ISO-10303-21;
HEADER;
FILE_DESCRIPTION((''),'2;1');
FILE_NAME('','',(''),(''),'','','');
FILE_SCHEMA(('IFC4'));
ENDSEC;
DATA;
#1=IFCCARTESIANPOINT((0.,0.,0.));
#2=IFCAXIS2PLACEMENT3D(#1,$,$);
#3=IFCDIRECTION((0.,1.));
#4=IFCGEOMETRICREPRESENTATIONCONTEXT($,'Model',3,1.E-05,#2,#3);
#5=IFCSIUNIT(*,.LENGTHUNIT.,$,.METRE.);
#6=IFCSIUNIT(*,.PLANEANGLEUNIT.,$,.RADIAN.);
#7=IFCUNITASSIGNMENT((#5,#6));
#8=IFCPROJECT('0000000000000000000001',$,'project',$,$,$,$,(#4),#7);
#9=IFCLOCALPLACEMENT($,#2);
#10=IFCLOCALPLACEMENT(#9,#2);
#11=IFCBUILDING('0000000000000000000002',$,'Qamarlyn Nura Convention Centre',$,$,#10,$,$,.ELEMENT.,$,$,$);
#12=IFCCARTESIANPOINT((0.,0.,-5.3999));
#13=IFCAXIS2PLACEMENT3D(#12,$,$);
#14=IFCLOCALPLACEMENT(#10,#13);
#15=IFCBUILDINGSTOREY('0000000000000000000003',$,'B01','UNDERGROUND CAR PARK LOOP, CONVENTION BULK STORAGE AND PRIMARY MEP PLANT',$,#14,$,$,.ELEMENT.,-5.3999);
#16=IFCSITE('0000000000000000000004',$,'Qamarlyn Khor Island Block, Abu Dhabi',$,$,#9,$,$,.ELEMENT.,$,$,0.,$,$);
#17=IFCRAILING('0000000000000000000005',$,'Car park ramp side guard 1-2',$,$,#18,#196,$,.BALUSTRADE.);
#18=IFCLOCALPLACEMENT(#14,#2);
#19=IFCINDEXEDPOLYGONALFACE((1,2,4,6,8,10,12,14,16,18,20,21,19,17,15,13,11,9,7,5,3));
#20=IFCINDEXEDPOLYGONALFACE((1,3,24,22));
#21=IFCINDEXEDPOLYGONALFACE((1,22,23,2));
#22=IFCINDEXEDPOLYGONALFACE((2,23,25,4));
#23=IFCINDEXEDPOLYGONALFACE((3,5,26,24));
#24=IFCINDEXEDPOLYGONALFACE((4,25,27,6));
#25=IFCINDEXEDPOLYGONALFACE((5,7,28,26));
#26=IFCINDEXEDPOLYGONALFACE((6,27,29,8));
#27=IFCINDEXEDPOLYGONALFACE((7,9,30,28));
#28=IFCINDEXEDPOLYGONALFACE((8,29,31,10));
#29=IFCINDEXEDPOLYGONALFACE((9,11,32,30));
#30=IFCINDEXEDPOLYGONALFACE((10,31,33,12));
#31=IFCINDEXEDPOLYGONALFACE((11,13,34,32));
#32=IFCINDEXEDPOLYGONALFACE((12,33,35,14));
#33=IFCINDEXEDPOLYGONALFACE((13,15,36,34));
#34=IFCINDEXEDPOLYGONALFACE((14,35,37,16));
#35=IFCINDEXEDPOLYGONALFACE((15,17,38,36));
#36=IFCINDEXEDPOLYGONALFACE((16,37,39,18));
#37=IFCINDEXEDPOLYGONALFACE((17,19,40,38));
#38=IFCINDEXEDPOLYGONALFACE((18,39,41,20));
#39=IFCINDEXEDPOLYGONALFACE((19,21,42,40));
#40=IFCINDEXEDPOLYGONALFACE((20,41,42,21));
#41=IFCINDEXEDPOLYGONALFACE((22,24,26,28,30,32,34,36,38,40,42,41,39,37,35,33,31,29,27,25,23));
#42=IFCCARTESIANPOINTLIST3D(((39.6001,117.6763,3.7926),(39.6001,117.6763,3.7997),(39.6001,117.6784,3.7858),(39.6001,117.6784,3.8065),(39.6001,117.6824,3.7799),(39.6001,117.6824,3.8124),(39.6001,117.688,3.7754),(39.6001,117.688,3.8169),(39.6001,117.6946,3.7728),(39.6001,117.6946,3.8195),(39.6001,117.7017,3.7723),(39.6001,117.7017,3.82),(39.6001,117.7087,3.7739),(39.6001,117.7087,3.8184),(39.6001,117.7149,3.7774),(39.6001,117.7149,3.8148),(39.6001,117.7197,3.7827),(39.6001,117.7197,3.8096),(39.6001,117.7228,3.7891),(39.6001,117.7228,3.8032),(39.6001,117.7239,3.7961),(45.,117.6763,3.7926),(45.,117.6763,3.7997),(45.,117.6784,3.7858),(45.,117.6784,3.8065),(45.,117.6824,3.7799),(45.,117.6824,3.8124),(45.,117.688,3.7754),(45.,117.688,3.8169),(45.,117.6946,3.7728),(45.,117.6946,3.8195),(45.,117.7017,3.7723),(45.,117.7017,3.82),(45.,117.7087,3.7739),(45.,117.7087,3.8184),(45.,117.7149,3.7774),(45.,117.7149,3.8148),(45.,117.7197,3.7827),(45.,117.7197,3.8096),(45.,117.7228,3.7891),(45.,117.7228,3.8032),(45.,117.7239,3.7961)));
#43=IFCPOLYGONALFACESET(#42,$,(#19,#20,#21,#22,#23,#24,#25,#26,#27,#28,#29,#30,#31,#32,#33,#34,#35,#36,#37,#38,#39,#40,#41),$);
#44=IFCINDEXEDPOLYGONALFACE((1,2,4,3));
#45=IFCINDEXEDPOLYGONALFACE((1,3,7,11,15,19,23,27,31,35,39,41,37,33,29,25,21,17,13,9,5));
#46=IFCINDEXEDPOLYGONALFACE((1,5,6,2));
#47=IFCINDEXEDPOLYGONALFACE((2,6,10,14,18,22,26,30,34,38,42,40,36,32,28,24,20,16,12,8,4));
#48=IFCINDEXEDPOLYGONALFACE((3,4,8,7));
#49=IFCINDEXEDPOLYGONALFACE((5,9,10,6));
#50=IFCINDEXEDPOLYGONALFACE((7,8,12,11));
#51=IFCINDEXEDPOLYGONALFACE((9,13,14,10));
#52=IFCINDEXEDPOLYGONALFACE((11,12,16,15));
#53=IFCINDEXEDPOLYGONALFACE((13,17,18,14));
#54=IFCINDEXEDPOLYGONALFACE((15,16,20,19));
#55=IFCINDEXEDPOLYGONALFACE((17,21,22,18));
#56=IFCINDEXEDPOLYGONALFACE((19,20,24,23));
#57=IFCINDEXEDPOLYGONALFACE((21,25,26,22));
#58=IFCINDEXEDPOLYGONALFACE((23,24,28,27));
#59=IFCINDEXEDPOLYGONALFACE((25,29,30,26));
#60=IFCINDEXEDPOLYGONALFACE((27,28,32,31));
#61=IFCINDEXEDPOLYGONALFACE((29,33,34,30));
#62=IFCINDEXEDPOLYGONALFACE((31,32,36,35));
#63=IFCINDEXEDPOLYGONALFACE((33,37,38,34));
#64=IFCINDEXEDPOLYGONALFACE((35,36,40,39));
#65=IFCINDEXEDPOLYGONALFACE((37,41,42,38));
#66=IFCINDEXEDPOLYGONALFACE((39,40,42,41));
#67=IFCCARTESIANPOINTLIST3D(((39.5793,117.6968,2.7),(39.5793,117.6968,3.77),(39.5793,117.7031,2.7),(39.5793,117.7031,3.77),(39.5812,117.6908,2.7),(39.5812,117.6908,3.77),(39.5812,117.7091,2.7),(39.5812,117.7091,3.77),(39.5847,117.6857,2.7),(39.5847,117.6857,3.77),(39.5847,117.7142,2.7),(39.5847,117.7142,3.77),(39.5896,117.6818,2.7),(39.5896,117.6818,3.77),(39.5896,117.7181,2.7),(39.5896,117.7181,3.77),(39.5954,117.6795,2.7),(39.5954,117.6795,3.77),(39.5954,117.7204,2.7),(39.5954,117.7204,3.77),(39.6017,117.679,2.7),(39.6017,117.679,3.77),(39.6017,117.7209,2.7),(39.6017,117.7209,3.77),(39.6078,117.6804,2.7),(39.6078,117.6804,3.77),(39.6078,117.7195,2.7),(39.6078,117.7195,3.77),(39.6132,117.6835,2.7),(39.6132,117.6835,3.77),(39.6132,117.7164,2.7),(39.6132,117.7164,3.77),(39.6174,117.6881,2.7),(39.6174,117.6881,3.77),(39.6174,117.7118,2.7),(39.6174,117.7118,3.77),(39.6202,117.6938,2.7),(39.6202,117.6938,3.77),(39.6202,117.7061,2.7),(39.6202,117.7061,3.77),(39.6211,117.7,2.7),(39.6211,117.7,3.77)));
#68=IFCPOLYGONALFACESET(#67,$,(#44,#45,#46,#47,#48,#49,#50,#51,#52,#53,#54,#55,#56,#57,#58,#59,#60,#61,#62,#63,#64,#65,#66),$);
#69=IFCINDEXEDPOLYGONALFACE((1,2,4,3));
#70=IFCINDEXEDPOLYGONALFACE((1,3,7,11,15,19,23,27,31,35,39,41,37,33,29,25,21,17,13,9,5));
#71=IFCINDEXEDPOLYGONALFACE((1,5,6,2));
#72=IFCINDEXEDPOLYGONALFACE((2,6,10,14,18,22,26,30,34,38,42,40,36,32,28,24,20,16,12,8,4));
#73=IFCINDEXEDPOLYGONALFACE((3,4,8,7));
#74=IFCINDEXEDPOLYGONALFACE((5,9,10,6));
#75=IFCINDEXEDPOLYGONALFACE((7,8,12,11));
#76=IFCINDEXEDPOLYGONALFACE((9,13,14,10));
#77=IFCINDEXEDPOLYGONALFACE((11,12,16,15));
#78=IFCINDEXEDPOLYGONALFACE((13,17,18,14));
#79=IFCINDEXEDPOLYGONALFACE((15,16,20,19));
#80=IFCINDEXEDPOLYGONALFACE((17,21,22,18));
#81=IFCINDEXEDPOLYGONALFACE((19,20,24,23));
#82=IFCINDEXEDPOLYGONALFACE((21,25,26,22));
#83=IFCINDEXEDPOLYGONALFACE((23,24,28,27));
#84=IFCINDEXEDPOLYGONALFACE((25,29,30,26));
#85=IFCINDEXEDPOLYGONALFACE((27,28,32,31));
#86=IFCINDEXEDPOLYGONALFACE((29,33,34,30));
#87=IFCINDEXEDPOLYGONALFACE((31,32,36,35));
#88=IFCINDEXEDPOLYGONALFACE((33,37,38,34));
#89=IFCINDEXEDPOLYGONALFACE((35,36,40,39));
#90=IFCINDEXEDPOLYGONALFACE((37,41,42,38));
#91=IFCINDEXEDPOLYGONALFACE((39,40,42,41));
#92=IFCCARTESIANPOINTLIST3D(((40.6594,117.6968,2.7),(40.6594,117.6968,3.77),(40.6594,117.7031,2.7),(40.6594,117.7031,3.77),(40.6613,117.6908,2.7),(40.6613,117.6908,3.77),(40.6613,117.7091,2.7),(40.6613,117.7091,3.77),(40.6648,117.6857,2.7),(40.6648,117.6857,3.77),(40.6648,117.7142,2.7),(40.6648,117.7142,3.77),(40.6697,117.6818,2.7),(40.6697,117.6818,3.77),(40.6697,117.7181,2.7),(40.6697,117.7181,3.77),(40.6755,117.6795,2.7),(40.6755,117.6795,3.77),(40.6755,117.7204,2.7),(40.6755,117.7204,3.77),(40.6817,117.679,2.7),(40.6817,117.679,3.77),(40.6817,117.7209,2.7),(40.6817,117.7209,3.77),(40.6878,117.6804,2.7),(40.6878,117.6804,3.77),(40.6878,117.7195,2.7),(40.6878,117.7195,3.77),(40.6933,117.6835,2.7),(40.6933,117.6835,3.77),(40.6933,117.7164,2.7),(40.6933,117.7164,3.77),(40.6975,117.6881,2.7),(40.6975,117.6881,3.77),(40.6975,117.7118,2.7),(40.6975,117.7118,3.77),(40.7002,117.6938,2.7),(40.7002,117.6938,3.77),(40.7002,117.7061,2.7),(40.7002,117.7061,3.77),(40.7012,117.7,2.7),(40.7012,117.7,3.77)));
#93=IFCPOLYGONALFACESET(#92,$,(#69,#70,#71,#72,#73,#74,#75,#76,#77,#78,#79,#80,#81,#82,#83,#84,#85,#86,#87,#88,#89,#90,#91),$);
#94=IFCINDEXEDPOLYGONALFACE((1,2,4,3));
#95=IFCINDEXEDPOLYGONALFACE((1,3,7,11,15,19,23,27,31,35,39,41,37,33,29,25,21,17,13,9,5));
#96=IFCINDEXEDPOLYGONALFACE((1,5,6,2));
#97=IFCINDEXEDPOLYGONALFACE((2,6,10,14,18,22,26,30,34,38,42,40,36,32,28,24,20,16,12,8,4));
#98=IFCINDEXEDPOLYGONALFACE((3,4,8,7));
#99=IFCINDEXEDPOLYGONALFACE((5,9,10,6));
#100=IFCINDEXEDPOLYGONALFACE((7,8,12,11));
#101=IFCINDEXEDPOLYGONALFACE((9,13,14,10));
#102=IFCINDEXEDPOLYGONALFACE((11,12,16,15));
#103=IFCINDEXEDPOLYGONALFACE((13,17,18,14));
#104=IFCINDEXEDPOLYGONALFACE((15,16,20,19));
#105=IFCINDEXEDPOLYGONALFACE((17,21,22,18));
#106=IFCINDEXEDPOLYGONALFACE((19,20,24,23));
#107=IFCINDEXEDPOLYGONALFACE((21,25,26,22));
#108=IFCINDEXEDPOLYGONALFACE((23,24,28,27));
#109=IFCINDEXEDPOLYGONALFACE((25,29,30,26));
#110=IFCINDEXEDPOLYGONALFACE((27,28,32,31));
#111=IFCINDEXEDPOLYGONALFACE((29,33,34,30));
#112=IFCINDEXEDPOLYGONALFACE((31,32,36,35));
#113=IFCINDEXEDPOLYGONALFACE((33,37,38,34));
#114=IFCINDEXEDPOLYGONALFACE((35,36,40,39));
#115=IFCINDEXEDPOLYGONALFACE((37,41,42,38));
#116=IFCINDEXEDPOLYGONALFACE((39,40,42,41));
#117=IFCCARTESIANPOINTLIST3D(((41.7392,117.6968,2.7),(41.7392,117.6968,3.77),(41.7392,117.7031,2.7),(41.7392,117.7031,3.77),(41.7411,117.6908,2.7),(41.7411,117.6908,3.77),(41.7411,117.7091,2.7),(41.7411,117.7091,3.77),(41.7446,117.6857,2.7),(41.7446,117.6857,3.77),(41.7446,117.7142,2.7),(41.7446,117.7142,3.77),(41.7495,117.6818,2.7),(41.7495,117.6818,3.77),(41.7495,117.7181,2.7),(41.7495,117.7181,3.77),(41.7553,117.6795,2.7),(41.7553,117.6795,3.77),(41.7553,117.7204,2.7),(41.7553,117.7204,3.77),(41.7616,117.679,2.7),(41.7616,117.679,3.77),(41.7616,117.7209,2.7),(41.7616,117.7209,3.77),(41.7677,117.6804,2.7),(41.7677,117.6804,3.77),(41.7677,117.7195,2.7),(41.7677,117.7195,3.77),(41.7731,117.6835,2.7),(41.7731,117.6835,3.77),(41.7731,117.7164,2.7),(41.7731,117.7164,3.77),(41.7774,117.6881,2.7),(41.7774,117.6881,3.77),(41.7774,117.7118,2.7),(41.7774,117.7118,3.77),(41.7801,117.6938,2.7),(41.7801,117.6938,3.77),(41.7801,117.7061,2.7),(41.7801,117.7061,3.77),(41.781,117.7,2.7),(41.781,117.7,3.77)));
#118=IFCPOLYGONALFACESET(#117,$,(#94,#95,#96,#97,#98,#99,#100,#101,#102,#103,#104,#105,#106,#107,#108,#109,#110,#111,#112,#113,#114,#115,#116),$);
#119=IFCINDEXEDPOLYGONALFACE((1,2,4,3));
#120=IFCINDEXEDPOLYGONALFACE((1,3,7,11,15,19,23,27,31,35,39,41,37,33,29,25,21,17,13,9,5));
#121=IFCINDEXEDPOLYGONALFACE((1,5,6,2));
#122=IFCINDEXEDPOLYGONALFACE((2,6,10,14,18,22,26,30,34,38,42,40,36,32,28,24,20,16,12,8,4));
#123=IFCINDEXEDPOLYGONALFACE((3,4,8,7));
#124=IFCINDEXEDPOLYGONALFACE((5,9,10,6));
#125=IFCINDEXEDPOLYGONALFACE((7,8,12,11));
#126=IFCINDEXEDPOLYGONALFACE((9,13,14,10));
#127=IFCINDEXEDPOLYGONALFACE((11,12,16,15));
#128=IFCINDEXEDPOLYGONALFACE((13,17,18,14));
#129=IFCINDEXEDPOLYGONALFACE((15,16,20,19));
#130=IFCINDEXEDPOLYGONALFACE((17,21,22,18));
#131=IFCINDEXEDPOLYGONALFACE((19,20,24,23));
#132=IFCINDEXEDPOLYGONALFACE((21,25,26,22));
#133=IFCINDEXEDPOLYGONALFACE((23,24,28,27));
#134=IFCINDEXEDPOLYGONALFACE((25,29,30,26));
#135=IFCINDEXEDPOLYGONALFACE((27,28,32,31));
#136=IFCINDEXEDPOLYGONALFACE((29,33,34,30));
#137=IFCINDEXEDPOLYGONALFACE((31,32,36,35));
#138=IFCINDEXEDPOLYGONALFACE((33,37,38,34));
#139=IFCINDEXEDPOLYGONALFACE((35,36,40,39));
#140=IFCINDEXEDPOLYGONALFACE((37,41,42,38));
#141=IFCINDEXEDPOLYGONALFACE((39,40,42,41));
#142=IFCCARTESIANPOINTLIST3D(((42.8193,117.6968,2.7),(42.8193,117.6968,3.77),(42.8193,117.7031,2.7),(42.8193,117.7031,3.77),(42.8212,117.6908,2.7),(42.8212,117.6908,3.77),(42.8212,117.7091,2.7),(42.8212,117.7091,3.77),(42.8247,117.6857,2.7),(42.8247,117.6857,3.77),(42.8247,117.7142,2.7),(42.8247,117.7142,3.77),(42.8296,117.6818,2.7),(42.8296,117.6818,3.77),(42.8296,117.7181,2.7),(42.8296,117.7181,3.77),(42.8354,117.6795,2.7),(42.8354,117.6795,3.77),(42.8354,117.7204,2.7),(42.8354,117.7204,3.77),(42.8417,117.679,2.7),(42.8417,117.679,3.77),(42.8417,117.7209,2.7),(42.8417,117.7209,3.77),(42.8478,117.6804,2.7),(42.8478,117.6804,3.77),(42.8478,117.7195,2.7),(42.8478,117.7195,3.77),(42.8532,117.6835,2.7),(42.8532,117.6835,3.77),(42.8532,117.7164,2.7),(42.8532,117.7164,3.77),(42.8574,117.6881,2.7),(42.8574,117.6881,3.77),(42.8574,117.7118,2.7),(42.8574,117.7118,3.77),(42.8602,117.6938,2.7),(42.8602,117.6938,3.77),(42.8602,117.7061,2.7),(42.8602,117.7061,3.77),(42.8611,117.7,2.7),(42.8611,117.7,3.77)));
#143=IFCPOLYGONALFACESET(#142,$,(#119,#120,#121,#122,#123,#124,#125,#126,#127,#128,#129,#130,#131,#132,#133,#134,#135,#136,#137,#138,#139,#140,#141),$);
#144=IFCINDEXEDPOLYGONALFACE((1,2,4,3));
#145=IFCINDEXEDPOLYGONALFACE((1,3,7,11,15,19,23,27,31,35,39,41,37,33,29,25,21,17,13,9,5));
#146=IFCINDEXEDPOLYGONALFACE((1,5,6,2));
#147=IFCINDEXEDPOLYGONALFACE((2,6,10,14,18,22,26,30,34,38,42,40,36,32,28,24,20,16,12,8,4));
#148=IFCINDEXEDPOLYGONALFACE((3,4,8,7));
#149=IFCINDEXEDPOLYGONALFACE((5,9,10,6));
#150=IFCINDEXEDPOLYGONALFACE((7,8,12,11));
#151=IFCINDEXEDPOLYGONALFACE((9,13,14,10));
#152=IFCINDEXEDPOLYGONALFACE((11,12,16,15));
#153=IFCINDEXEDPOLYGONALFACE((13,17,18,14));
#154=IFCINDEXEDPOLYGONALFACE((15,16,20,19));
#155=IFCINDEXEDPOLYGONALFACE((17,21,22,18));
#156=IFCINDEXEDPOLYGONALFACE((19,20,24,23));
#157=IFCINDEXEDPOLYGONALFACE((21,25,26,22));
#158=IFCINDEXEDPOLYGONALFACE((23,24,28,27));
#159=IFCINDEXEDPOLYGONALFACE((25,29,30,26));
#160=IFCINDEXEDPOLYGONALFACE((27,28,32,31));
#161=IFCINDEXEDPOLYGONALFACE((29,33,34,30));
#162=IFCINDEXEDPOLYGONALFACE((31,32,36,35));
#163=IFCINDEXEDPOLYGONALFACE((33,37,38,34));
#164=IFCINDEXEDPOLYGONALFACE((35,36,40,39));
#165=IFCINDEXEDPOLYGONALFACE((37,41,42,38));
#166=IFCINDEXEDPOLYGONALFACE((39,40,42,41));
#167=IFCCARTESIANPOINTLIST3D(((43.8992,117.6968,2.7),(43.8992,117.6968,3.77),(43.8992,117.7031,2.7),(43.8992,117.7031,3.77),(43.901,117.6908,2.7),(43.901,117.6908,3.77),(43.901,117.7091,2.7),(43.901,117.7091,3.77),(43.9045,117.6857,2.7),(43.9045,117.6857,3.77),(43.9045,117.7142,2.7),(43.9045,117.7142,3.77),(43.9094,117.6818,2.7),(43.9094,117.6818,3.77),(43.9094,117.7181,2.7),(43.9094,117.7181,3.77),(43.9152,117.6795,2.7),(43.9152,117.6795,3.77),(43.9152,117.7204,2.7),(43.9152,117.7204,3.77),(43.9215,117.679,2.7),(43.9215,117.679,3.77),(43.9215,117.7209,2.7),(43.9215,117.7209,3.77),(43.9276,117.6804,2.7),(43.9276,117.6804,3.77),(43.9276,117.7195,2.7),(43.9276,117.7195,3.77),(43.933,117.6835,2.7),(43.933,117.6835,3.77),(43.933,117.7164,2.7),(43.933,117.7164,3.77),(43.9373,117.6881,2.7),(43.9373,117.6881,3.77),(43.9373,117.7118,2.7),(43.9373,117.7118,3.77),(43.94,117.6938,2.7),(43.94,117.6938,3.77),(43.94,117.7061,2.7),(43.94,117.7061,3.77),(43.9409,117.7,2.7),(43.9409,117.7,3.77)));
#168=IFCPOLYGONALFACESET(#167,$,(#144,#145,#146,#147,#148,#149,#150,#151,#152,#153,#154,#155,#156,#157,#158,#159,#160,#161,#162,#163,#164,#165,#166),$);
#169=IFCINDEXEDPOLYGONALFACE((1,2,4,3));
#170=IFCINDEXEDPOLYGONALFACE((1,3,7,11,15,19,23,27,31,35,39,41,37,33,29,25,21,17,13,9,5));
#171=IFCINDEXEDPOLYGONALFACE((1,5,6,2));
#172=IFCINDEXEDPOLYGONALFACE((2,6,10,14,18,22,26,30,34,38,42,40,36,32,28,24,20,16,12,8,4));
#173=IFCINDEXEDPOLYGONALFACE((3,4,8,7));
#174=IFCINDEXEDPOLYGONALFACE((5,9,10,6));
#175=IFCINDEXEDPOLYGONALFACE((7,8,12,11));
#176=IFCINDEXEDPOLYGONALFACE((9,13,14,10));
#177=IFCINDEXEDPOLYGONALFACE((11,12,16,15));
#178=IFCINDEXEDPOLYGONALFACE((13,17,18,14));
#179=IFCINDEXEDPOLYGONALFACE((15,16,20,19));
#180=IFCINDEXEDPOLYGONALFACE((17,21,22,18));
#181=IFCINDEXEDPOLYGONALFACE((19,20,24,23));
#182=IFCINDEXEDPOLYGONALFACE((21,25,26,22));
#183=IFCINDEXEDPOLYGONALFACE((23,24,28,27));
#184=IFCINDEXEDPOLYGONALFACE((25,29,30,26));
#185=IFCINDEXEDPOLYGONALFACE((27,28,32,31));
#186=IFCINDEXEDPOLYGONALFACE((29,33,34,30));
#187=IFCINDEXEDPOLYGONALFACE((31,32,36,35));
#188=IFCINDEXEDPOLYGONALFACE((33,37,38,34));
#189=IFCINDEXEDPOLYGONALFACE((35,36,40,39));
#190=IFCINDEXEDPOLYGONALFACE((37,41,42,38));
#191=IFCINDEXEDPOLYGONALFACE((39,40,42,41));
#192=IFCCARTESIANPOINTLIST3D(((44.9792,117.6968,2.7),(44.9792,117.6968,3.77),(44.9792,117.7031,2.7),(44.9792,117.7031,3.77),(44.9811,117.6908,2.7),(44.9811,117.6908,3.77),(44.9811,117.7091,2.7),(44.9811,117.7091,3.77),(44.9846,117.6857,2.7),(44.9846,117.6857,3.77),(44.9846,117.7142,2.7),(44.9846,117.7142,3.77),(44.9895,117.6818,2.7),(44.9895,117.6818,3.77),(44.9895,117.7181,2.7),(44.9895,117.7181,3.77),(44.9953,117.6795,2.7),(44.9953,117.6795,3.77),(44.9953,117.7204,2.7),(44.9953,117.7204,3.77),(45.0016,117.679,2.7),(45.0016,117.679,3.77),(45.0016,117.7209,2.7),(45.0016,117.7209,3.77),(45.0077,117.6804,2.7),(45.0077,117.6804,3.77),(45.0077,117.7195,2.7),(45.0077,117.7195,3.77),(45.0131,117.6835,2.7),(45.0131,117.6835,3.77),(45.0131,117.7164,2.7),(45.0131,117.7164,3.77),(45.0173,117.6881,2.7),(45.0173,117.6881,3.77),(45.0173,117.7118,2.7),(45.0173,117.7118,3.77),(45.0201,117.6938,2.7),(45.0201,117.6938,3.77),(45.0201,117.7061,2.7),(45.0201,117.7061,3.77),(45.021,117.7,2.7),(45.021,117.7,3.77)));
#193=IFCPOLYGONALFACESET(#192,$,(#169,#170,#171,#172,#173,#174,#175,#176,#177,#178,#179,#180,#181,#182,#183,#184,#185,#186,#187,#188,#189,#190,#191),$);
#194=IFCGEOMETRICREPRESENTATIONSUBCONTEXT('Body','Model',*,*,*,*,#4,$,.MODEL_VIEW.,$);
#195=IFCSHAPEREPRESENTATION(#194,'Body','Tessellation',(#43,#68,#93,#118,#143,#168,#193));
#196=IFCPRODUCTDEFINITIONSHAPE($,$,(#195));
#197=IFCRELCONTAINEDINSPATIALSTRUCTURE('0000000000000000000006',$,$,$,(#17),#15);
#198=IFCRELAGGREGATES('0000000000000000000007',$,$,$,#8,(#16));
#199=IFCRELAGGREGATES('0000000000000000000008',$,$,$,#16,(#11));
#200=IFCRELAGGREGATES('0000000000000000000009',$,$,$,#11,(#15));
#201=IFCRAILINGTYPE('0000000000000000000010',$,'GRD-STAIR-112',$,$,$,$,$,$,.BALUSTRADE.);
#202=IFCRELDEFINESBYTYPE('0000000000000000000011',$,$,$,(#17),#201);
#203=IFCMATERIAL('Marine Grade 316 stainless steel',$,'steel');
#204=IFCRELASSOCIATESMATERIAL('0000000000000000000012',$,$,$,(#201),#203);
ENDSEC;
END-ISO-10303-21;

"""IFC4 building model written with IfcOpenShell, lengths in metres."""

from ifc_helpers import new_model, si_unit, direction, frame, origin, origin_2d, place, context, subcontext, project, spatial, circle, extrude, material, type_object, element, save


model = new_model("IFC4")

# Units and contexts
model_context = context("Model", 3, precision=1e-05, world=origin(), true_north=direction((0.0, 1.0)))
body_context = subcontext(model_context, "Body", "Model", "MODEL_VIEW")
ifc_project = project(units=[si_unit("LENGTHUNIT", "METRE"), si_unit("PLANEANGLEUNIT", "RADIAN")], contexts=[model_context])

# Site, building, storey
site_placement = place(None, origin())
site = spatial("IfcSite", under=ifc_project, at=site_placement, Name="Qamarlyn Khor Island Block, Abu Dhabi", CompositionType="ELEMENT", RefElevation=0.0)
building_placement = place(site_placement, origin())
building = spatial("IfcBuilding", under=site, at=building_placement, Name="Qamarlyn Nura Convention Centre", CompositionType="ELEMENT")
storey_placement = place(building_placement, frame((0.0, 0.0, -5.3999)))
storey = spatial("IfcBuildingStorey", under=building, at=storey_placement, Name="B01", Description="UNDERGROUND CAR PARK LOOP, CONVENTION BULK STORAGE AND PRIMARY MEP PLANT", CompositionType="ELEMENT", Elevation=-5.3999)

# Railing
ifc_material_1 = material(Name="Marine Grade 316 stainless steel", Category="steel")
railing_type = type_object("IfcRailingType", Name="GRD-STAIR-112", PredefinedType="BALUSTRADE", material=ifc_material_1)
railing_1_placement = place(storey_placement, frame((39.6001, 117.7, 2.7)))
element("IfcRailing", 1, at=railing_1_placement, inside=storey, type_object=railing_type, Name="Car park ramp side guard 1-2", PredefinedType="BALUSTRADE", context=body_context, shape_type="SweptSolid", body=[
    extrude(circle(Radius=0.0239, at=origin_2d()), frame((0.0, 0.0, 1.0962), z_axis=(1.0, 0.0, 0.0), x_axis=(0.0, 1.0, 0.0)), (0.0, 0.0, 1.0), 5.3999),
    extrude(circle(Radius=0.021, at=origin_2d()), origin(), (0.0, 0.0, 1.0), 1.0701),
    extrude(circle(Radius=0.021, at=origin_2d()), frame((1.0801, 0.0, 0.0)), (0.0, 0.0, 1.0), 1.0701),
    extrude(circle(Radius=0.021, at=origin_2d()), frame((2.1599, 0.0, 0.0)), (0.0, 0.0, 1.0), 1.0701),
    extrude(circle(Radius=0.021, at=origin_2d()), frame((3.24, 0.0, 0.0)), (0.0, 0.0, 1.0), 1.0701),
    extrude(circle(Radius=0.021, at=origin_2d()), frame((4.3198, 0.0, 0.0)), (0.0, 0.0, 1.0), 1.0701),
    extrude(circle(Radius=0.021, at=origin_2d()), frame((5.3999, 0.0, 0.0)), (0.0, 0.0, 1.0), 1.0701),
])

save(model, "model.ifc")
